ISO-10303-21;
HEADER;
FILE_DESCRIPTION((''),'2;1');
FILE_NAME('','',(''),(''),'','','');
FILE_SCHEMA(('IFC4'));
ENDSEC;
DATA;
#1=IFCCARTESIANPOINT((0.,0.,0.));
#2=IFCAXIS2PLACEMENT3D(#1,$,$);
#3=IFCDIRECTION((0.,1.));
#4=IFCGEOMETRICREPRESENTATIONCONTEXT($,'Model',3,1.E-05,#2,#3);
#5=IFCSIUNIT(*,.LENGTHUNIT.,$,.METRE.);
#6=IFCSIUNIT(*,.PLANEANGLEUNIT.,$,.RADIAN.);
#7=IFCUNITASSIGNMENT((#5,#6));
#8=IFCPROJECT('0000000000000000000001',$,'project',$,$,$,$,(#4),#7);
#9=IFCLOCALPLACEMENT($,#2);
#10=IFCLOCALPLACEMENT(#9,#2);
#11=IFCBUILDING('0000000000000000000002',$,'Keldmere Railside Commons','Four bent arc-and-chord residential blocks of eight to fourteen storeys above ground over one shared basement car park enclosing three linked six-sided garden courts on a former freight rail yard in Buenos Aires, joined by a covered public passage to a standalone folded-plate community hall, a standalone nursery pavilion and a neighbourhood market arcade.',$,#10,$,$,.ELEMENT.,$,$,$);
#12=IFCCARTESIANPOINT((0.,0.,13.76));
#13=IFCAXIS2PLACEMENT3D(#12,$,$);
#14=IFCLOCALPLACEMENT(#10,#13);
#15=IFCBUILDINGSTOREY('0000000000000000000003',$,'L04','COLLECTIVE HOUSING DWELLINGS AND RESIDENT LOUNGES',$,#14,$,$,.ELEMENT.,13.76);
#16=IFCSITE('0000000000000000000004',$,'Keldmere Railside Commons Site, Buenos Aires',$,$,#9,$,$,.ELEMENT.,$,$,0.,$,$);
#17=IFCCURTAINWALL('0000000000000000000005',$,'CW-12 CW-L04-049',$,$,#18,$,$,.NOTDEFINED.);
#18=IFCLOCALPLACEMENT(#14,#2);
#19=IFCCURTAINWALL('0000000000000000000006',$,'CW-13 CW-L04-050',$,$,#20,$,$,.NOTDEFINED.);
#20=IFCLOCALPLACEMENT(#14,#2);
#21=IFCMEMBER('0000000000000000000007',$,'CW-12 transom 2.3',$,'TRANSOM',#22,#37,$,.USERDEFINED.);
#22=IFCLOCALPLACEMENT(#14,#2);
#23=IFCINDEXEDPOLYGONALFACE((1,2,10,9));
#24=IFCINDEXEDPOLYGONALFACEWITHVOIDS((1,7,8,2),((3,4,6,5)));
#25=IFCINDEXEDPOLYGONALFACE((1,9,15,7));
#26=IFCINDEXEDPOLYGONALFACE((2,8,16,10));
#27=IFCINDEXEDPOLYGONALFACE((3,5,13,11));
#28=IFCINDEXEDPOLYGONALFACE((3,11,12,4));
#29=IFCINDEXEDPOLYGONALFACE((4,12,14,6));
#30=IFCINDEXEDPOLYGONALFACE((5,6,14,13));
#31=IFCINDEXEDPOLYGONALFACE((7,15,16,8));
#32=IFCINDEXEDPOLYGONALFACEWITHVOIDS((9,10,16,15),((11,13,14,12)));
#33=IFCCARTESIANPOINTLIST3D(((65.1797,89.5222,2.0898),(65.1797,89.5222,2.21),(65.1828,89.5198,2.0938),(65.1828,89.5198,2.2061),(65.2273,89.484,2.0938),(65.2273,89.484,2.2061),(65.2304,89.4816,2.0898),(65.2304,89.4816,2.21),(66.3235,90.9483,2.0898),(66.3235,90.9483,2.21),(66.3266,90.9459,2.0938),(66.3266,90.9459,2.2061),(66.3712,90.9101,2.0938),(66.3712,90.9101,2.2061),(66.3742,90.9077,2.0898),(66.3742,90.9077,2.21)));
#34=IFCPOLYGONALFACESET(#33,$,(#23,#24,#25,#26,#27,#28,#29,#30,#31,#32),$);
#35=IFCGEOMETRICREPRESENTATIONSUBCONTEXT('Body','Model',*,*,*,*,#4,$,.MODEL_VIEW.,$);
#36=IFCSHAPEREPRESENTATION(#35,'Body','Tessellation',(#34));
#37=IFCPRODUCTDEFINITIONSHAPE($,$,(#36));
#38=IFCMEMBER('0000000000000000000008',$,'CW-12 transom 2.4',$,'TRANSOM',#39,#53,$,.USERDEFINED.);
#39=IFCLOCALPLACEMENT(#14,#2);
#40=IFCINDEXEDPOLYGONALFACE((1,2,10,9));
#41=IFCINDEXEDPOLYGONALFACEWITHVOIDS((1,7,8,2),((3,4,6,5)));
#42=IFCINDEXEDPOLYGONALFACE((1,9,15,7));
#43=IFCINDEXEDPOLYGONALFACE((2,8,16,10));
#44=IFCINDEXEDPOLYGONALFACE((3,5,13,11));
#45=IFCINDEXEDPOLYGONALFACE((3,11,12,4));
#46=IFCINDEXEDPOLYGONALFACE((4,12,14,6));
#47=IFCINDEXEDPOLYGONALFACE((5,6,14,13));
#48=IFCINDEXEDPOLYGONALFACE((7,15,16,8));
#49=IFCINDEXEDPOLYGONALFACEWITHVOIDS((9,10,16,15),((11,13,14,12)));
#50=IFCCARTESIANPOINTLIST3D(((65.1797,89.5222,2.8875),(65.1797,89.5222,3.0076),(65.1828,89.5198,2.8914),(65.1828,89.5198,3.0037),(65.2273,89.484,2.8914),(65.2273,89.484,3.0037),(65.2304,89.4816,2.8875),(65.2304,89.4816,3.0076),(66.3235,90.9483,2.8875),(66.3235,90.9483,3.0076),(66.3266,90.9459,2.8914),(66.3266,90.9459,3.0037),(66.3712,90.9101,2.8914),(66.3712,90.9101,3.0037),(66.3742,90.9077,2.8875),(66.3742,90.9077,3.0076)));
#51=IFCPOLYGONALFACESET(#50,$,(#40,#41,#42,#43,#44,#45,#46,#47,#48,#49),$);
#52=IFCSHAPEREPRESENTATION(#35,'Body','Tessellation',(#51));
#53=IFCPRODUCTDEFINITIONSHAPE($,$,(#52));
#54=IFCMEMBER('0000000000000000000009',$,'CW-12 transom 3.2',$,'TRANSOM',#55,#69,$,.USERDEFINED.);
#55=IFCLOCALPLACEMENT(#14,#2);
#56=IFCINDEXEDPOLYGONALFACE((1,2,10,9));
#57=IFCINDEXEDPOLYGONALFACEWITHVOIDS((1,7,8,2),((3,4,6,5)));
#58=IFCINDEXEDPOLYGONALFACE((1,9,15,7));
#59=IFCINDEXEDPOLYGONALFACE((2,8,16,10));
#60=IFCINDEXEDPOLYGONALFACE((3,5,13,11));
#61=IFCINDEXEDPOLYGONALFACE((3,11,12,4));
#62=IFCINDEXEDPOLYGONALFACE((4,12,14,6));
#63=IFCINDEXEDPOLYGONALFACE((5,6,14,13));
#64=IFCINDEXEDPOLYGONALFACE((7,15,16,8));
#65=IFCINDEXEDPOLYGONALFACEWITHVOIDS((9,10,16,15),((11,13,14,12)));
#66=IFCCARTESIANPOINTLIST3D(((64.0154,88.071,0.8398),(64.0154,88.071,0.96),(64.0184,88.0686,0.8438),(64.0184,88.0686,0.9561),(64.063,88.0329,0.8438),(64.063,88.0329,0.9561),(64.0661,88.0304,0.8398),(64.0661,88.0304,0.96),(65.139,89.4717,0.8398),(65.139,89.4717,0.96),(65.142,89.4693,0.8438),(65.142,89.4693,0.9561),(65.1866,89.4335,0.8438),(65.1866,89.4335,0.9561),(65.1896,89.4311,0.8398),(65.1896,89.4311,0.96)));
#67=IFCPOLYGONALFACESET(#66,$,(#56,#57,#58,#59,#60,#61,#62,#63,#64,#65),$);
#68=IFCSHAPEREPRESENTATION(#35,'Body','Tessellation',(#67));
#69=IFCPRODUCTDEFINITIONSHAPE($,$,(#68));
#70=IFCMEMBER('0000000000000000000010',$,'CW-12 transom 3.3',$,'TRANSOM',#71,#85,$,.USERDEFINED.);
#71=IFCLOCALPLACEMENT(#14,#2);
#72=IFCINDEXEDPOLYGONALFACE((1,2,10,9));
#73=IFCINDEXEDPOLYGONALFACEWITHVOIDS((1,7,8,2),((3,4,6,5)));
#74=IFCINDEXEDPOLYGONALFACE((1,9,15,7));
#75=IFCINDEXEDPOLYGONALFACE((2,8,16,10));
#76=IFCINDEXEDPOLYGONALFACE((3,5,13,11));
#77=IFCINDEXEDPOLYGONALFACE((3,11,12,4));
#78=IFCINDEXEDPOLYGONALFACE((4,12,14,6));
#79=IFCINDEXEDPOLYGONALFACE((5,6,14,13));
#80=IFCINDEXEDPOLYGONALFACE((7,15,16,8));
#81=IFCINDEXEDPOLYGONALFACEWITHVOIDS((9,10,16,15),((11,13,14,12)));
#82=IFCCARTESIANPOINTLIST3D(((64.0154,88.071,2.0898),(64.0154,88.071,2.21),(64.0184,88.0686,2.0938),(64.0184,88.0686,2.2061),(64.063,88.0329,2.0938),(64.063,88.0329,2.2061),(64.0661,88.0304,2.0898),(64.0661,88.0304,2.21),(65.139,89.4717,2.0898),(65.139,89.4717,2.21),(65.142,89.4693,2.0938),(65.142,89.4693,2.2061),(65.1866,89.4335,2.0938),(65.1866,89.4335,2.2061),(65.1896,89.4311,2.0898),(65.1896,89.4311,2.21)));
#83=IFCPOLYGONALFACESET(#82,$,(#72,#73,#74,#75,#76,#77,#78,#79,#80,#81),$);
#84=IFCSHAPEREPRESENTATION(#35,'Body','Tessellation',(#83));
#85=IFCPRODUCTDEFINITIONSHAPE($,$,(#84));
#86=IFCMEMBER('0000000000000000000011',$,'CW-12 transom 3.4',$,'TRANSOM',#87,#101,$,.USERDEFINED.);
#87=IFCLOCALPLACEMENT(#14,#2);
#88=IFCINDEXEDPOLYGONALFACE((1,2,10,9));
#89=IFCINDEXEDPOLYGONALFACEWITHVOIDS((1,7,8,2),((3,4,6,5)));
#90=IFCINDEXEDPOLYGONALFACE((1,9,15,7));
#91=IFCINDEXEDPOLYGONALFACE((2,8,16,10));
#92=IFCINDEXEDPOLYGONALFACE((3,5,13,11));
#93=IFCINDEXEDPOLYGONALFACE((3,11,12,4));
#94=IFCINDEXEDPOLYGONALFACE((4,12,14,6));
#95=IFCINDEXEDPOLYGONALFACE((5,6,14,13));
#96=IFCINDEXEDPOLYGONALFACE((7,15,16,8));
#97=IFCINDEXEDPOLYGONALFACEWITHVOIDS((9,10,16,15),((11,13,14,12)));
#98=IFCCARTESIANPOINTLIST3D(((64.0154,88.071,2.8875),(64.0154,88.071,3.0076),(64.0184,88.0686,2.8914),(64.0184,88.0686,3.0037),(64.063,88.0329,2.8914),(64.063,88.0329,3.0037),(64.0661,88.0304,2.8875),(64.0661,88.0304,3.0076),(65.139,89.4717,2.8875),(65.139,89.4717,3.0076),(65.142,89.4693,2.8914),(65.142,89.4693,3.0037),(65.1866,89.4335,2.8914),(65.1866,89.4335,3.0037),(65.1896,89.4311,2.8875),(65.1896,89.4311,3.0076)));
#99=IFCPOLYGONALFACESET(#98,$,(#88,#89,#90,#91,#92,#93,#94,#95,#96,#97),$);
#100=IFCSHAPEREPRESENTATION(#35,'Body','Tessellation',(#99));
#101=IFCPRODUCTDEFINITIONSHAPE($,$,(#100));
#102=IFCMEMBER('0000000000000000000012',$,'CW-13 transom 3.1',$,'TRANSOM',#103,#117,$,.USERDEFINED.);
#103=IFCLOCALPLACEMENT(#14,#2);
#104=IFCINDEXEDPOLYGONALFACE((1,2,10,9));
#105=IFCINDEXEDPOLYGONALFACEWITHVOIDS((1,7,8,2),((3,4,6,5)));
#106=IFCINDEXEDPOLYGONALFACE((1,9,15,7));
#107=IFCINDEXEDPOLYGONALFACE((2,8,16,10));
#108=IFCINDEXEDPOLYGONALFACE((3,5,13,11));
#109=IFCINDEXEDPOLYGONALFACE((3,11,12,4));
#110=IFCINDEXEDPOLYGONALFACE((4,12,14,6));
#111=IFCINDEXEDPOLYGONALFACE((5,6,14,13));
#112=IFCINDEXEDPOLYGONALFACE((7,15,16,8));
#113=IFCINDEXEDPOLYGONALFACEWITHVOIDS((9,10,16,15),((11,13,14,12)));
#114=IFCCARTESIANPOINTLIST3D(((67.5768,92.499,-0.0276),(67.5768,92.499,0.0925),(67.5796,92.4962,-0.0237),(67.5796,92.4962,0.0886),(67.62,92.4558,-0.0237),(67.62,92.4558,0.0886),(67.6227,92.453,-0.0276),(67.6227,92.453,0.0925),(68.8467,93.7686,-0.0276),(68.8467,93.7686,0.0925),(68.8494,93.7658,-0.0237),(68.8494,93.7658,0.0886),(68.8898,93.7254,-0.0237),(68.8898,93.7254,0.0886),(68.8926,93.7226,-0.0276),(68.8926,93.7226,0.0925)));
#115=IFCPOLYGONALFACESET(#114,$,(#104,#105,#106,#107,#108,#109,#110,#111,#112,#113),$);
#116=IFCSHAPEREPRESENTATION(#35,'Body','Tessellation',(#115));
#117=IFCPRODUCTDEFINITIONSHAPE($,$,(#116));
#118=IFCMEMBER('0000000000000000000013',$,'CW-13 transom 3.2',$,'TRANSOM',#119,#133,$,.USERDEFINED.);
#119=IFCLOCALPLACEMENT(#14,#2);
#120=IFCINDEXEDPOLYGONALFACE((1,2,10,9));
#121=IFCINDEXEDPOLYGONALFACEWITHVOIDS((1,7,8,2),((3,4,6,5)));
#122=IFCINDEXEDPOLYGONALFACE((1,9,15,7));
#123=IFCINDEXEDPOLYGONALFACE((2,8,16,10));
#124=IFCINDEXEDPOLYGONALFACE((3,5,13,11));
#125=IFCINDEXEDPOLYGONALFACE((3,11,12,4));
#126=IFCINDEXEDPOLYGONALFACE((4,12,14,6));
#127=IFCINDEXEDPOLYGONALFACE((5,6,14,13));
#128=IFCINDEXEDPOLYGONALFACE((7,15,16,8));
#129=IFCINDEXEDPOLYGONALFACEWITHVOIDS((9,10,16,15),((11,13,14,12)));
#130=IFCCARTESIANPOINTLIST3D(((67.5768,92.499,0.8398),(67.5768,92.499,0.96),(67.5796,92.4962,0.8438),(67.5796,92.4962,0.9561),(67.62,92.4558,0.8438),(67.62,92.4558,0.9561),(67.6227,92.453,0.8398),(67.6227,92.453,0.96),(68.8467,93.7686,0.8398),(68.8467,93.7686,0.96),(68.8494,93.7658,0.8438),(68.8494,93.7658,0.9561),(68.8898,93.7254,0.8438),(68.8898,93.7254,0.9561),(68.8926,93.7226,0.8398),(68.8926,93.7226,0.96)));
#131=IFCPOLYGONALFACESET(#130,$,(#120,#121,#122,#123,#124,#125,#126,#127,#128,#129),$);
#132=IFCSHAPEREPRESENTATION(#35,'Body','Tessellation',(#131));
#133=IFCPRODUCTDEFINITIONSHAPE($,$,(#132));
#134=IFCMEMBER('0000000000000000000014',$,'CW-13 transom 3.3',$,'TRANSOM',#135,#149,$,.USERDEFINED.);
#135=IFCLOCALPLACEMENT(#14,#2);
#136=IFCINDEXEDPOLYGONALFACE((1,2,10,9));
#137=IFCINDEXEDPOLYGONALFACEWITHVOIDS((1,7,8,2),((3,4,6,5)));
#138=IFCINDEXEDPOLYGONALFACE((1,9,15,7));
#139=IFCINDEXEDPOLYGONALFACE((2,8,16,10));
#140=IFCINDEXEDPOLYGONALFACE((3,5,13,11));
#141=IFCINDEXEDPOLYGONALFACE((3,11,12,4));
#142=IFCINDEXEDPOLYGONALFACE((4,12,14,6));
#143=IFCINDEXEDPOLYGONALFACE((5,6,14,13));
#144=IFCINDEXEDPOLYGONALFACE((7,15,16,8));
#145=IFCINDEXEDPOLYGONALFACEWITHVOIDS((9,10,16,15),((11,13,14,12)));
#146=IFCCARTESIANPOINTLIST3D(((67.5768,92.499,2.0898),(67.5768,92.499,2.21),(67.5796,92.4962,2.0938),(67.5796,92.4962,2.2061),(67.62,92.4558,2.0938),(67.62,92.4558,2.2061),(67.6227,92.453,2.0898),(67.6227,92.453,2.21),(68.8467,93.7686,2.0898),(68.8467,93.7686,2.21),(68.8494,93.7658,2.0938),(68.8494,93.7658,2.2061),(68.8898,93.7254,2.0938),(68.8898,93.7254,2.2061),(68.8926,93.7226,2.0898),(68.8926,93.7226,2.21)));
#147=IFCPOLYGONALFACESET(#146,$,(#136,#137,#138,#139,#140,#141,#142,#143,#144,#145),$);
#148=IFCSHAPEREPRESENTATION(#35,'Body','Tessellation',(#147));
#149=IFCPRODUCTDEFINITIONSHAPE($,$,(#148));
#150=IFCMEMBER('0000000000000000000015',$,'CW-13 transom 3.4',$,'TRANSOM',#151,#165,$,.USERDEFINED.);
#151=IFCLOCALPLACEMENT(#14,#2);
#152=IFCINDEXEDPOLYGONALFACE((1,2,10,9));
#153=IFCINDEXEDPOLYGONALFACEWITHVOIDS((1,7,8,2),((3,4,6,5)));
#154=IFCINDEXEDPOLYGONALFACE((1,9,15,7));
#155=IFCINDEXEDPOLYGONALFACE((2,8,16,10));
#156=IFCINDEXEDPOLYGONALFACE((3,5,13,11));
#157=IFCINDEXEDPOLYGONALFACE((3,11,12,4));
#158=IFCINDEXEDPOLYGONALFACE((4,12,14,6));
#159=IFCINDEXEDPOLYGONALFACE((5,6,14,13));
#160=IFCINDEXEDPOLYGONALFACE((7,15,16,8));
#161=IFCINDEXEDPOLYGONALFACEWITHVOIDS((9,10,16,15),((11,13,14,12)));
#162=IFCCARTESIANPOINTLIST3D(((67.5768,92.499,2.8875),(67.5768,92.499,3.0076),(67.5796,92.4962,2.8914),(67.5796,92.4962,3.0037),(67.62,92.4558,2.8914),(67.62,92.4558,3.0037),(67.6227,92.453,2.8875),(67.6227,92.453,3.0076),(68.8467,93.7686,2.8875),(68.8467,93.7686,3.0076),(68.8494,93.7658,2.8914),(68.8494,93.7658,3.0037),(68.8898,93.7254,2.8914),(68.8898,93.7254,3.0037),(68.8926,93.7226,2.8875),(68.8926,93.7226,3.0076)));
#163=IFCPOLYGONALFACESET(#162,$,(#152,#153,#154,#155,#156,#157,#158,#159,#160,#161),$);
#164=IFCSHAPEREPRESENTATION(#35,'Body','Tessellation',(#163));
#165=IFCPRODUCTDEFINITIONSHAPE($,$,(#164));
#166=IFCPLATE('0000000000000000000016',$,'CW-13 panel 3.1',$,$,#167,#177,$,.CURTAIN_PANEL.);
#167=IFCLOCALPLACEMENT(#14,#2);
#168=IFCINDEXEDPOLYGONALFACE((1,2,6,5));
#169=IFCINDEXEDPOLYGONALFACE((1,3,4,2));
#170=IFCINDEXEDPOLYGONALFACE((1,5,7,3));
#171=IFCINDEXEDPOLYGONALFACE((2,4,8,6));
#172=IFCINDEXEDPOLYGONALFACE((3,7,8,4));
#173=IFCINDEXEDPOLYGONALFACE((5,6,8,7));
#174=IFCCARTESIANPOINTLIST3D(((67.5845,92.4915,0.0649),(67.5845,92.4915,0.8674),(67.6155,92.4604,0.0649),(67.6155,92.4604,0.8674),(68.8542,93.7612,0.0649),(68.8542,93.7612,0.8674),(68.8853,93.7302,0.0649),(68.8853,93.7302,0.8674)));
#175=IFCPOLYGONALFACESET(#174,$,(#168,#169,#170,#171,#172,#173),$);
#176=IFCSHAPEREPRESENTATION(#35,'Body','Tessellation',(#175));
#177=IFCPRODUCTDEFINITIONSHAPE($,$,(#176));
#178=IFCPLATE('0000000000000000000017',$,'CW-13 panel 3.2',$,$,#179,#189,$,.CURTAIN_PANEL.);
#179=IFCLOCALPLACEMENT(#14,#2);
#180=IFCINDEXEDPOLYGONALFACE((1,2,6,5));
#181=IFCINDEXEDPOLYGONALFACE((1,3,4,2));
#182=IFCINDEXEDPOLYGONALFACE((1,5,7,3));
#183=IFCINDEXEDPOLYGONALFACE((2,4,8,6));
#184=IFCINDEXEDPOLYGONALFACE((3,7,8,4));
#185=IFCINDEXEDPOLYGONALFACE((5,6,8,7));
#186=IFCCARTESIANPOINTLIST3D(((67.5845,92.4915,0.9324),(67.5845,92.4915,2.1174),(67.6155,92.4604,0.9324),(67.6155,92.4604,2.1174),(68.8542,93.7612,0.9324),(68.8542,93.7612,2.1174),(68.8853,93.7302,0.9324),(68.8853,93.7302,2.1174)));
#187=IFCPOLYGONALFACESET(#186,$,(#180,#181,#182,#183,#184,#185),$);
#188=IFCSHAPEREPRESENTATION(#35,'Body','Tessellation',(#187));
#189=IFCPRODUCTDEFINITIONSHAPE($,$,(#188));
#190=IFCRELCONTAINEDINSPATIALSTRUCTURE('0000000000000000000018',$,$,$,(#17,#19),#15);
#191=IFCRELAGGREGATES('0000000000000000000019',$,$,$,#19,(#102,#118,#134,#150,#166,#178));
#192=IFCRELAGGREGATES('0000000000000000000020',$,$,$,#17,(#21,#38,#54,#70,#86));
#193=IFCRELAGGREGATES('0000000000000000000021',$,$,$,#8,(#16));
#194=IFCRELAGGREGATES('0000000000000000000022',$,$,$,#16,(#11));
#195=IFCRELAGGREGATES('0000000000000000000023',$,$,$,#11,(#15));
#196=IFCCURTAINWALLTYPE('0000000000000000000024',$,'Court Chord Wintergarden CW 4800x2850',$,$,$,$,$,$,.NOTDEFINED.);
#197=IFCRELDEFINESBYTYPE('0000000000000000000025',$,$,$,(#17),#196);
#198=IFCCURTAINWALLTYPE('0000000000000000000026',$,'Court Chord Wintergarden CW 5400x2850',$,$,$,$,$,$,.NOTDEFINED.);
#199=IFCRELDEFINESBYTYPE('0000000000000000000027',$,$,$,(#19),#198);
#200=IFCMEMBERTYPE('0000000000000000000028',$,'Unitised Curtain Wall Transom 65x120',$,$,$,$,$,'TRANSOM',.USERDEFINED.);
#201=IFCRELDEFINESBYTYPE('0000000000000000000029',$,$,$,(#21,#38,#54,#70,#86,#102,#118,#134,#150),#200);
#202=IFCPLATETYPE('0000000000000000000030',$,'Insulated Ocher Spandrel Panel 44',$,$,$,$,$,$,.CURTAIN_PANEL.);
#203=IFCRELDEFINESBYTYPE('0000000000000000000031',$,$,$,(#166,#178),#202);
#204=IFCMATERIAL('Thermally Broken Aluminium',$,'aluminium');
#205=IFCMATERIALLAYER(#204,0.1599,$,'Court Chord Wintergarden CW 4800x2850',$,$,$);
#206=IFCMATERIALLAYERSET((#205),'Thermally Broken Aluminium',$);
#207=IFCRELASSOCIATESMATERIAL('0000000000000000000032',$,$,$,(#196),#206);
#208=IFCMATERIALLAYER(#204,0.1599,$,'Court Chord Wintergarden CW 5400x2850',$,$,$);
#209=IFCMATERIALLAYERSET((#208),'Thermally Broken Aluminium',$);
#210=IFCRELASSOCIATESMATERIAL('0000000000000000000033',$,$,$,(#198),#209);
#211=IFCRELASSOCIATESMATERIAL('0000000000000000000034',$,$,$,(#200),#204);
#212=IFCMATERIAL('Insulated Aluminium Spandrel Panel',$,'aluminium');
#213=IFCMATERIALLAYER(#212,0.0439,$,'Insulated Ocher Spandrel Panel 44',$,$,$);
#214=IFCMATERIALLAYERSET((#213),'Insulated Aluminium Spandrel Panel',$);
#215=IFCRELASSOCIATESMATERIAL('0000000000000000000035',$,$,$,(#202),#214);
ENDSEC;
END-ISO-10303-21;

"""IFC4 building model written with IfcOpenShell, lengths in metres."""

from ifc_helpers import new_model, si_unit, direction, frame, origin, origin_2d, place, context, subcontext, project, spatial, rectangle, hollow_rectangle, extrude, material, layer, layer_set, material_profile, profile_set, type_object, element, aggregate, save


model = new_model("IFC4")

# Units and contexts
model_context = context("Model", 3, precision=1e-05, world=origin(), true_north=direction((0.0, 1.0)))
body_context = subcontext(model_context, "Body", "Model", "MODEL_VIEW")
ifc_project = project(units=[si_unit("LENGTHUNIT", "METRE"), si_unit("PLANEANGLEUNIT", "RADIAN")], contexts=[model_context])

# Site, building, storey
site_placement = place(None, origin())
site = spatial("IfcSite", under=ifc_project, at=site_placement, Name="Keldmere Railside Commons Site, Buenos Aires", CompositionType="ELEMENT", RefElevation=0.0)
building_placement = place(site_placement, origin())
building = spatial("IfcBuilding", under=site, at=building_placement, Name="Keldmere Railside Commons", Description="Four bent arc-and-chord residential blocks of eight to fourteen storeys above ground over one shared basement car park enclosing three linked six-sided garden courts on a former freight rail yard in Buenos Aires, joined by a covered public passage to a standalone folded-plate community hall, a standalone nursery pavilion and a neighbourhood market arcade.", CompositionType="ELEMENT")
storey_placement = place(building_placement, frame((0.0, 0.0, 13.76)))
storey = spatial("IfcBuildingStorey", under=building, at=storey_placement, Name="L04", Description="COLLECTIVE HOUSING DWELLINGS AND RESIDENT LOUNGES", CompositionType="ELEMENT", Elevation=13.76)

# Curtain walls
ifc_material_1 = material(Name="Thermally Broken Aluminium", Category="aluminium")
ifc_layer_1 = layer(ifc_material_1, 0.1599, Name="Court Chord Wintergarden CW 4800x2850")
ifc_layer_set_1 = layer_set([ifc_layer_1], Name="Thermally Broken Aluminium")
curtain_wall_type_1 = type_object("IfcCurtainWallType", Name="Court Chord Wintergarden CW 4800x2850", PredefinedType="NOTDEFINED", material=ifc_layer_set_1)
curtain_wall_1_placement = place(storey_placement, origin())
curtain_wall_1 = element("IfcCurtainWall", 1, at=curtain_wall_1_placement, inside=storey, type_object=curtain_wall_type_1, Name="CW-12 CW-L04-049", PredefinedType="NOTDEFINED")
ifc_layer_2 = layer(ifc_material_1, 0.1599, Name="Court Chord Wintergarden CW 5400x2850")
ifc_layer_set_2 = layer_set([ifc_layer_2], Name="Thermally Broken Aluminium")
curtain_wall_type_2 = type_object("IfcCurtainWallType", Name="Court Chord Wintergarden CW 5400x2850", PredefinedType="NOTDEFINED", material=ifc_layer_set_2)
curtain_wall_2_placement = place(storey_placement, origin())
curtain_wall_2 = element("IfcCurtainWall", 2, at=curtain_wall_2_placement, inside=storey, type_object=curtain_wall_type_2, Name="CW-13 CW-L04-050", PredefinedType="NOTDEFINED")

# Members
ifc_material_profile_1 = material_profile(ifc_material_1, hollow_rectangle(XDim=0.0649, YDim=0.1201, WallThickness=0.0039, at=origin_2d()), Name="ALU-TRAN-65x120")
ifc_profile_set_1 = profile_set([ifc_material_profile_1], Name="Thermally Broken Aluminium")
member_type_1 = type_object("IfcMemberType", Name="Unitised Curtain Wall Transom 65x120", ElementType="TRANSOM", PredefinedType="USERDEFINED", material=ifc_profile_set_1)
member_1_placement = place(storey_placement, frame((66.3489, 90.928, 2.1499), z_axis=(-0.625688, -0.780073, 0.0), x_axis=(0.780073, -0.625688, 0.0)))
member_1 = element("IfcMember", 3, at=member_1_placement, type_object=member_type_1, Name="CW-12 transom 2.3", ObjectType="TRANSOM", PredefinedType="USERDEFINED", context=body_context, shape_type="SweptSolid", body=[
    extrude(hollow_rectangle(XDim=0.0649, YDim=0.1201, WallThickness=0.0039, at=origin_2d()), origin(), (0.0, 0.0, 1.0), 1.8281),
])
member_2_placement = place(storey_placement, frame((66.3489, 90.928, 2.9475), z_axis=(-0.625688, -0.780073, 0.0), x_axis=(0.780073, -0.625688, 0.0)))
member_2 = element("IfcMember", 4, at=member_2_placement, type_object=member_type_1, Name="CW-12 transom 2.4", ObjectType="TRANSOM", PredefinedType="USERDEFINED", context=body_context, shape_type="SweptSolid", body=[
    extrude(hollow_rectangle(XDim=0.0649, YDim=0.1201, WallThickness=0.0039, at=origin_2d()), origin(), (0.0, 0.0, 1.0), 1.8281),
])
member_3_placement = place(storey_placement, frame((65.1643, 89.4514, 0.8999), z_axis=(-0.625723, -0.780046, 0.0), x_axis=(0.780046, -0.625723, 0.0)))
member_3 = element("IfcMember", 5, at=member_3_placement, type_object=member_type_1, Name="CW-12 transom 3.2", ObjectType="TRANSOM", PredefinedType="USERDEFINED", context=body_context, shape_type="SweptSolid", body=[
    extrude(hollow_rectangle(XDim=0.0649, YDim=0.1201, WallThickness=0.0039, at=origin_2d()), origin(), (0.0, 0.0, 1.0), 1.7957),
])
member_4_placement = place(storey_placement, frame((65.1643, 89.4514, 2.1499), z_axis=(-0.625723, -0.780046, 0.0), x_axis=(0.780046, -0.625723, 0.0)))
member_4 = element("IfcMember", 6, at=member_4_placement, type_object=member_type_1, Name="CW-12 transom 3.3", ObjectType="TRANSOM", PredefinedType="USERDEFINED", context=body_context, shape_type="SweptSolid", body=[
    extrude(hollow_rectangle(XDim=0.0649, YDim=0.1201, WallThickness=0.0039, at=origin_2d()), origin(), (0.0, 0.0, 1.0), 1.7957),
])
member_5_placement = place(storey_placement, frame((65.1643, 89.4514, 2.9475), z_axis=(-0.625723, -0.780046, 0.0), x_axis=(0.780046, -0.625723, 0.0)))
member_5 = element("IfcMember", 7, at=member_5_placement, type_object=member_type_1, Name="CW-12 transom 3.4", ObjectType="TRANSOM", PredefinedType="USERDEFINED", context=body_context, shape_type="SweptSolid", body=[
    extrude(hollow_rectangle(XDim=0.0649, YDim=0.1201, WallThickness=0.0039, at=origin_2d()), origin(), (0.0, 0.0, 1.0), 1.7957),
])
member_6_placement = place(storey_placement, frame((68.8696, 93.7456, 0.0325), z_axis=(-0.707175, -0.707039, 0.0), x_axis=(0.707039, -0.707175, 0.0)))
member_6 = element("IfcMember", 8, at=member_6_placement, type_object=member_type_1, Name="CW-13 transom 3.1", ObjectType="TRANSOM", PredefinedType="USERDEFINED", context=body_context, shape_type="SweptSolid", body=[
    extrude(hollow_rectangle(XDim=0.0649, YDim=0.1201, WallThickness=0.0039, at=origin_2d()), origin(), (0.0, 0.0, 1.0), 1.7957),
])
member_7_placement = place(storey_placement, frame((68.8696, 93.7456, 0.8999), z_axis=(-0.707175, -0.707039, 0.0), x_axis=(0.707039, -0.707175, 0.0)))
member_7 = element("IfcMember", 9, at=member_7_placement, type_object=member_type_1, Name="CW-13 transom 3.2", ObjectType="TRANSOM", PredefinedType="USERDEFINED", context=body_context, shape_type="SweptSolid", body=[
    extrude(hollow_rectangle(XDim=0.0649, YDim=0.1201, WallThickness=0.0039, at=origin_2d()), origin(), (0.0, 0.0, 1.0), 1.7957),
])
member_8_placement = place(storey_placement, frame((68.8696, 93.7456, 2.1499), z_axis=(-0.707175, -0.707039, 0.0), x_axis=(0.707039, -0.707175, 0.0)))
member_8 = element("IfcMember", 10, at=member_8_placement, type_object=member_type_1, Name="CW-13 transom 3.3", ObjectType="TRANSOM", PredefinedType="USERDEFINED", context=body_context, shape_type="SweptSolid", body=[
    extrude(hollow_rectangle(XDim=0.0649, YDim=0.1201, WallThickness=0.0039, at=origin_2d()), origin(), (0.0, 0.0, 1.0), 1.7957),
])
member_9_placement = place(storey_placement, frame((68.8696, 93.7456, 2.9475), z_axis=(-0.707175, -0.707039, 0.0), x_axis=(0.707039, -0.707175, 0.0)))
member_9 = element("IfcMember", 11, at=member_9_placement, type_object=member_type_1, Name="CW-13 transom 3.4", ObjectType="TRANSOM", PredefinedType="USERDEFINED", context=body_context, shape_type="SweptSolid", body=[
    extrude(hollow_rectangle(XDim=0.0649, YDim=0.1201, WallThickness=0.0039, at=origin_2d()), origin(), (0.0, 0.0, 1.0), 1.7957),
])

# Plates
ifc_material_2 = material(Name="Insulated Aluminium Spandrel Panel", Category="aluminium")
ifc_layer_3 = layer(ifc_material_2, 0.0439, Name="Insulated Ocher Spandrel Panel 44")
ifc_layer_set_3 = layer_set([ifc_layer_3], Name="Insulated Aluminium Spandrel Panel")
plate_type_1 = type_object("IfcPlateType", Name="Insulated Ocher Spandrel Panel 44", PredefinedType="CURTAIN_PANEL", material=ifc_layer_set_3)
plate_1_placement = place(storey_placement, frame((68.2349, 93.1108, 0.0649), z_axis=(0.0, 0.0, 1.0), x_axis=(-0.707107, -0.707107, 0.0)))
plate_1 = element("IfcPlate", 12, at=plate_1_placement, type_object=plate_type_1, Name="CW-13 panel 3.1", PredefinedType="CURTAIN_PANEL", context=body_context, shape_type="SweptSolid", body=[
    extrude(rectangle(XDim=1.7957, YDim=0.0439, at=origin_2d()), origin(), (0.0, 0.0, 1.0), 0.8025),
])
plate_2_placement = place(storey_placement, frame((68.2349, 93.1108, 0.9324), z_axis=(0.0, 0.0, 1.0), x_axis=(-0.707107, -0.707107, 0.0)))
plate_2 = element("IfcPlate", 13, at=plate_2_placement, type_object=plate_type_1, Name="CW-13 panel 3.2", PredefinedType="CURTAIN_PANEL", context=body_context, shape_type="SweptSolid", body=[
    extrude(rectangle(XDim=1.7957, YDim=0.0439, at=origin_2d()), origin(), (0.0, 0.0, 1.0), 1.1851),
])
aggregate(curtain_wall_2, [member_6, member_7, member_8, member_9, plate_1, plate_2])
aggregate(curtain_wall_1, [member_1, member_2, member_3, member_4, member_5])

save(model, "model.ifc")
